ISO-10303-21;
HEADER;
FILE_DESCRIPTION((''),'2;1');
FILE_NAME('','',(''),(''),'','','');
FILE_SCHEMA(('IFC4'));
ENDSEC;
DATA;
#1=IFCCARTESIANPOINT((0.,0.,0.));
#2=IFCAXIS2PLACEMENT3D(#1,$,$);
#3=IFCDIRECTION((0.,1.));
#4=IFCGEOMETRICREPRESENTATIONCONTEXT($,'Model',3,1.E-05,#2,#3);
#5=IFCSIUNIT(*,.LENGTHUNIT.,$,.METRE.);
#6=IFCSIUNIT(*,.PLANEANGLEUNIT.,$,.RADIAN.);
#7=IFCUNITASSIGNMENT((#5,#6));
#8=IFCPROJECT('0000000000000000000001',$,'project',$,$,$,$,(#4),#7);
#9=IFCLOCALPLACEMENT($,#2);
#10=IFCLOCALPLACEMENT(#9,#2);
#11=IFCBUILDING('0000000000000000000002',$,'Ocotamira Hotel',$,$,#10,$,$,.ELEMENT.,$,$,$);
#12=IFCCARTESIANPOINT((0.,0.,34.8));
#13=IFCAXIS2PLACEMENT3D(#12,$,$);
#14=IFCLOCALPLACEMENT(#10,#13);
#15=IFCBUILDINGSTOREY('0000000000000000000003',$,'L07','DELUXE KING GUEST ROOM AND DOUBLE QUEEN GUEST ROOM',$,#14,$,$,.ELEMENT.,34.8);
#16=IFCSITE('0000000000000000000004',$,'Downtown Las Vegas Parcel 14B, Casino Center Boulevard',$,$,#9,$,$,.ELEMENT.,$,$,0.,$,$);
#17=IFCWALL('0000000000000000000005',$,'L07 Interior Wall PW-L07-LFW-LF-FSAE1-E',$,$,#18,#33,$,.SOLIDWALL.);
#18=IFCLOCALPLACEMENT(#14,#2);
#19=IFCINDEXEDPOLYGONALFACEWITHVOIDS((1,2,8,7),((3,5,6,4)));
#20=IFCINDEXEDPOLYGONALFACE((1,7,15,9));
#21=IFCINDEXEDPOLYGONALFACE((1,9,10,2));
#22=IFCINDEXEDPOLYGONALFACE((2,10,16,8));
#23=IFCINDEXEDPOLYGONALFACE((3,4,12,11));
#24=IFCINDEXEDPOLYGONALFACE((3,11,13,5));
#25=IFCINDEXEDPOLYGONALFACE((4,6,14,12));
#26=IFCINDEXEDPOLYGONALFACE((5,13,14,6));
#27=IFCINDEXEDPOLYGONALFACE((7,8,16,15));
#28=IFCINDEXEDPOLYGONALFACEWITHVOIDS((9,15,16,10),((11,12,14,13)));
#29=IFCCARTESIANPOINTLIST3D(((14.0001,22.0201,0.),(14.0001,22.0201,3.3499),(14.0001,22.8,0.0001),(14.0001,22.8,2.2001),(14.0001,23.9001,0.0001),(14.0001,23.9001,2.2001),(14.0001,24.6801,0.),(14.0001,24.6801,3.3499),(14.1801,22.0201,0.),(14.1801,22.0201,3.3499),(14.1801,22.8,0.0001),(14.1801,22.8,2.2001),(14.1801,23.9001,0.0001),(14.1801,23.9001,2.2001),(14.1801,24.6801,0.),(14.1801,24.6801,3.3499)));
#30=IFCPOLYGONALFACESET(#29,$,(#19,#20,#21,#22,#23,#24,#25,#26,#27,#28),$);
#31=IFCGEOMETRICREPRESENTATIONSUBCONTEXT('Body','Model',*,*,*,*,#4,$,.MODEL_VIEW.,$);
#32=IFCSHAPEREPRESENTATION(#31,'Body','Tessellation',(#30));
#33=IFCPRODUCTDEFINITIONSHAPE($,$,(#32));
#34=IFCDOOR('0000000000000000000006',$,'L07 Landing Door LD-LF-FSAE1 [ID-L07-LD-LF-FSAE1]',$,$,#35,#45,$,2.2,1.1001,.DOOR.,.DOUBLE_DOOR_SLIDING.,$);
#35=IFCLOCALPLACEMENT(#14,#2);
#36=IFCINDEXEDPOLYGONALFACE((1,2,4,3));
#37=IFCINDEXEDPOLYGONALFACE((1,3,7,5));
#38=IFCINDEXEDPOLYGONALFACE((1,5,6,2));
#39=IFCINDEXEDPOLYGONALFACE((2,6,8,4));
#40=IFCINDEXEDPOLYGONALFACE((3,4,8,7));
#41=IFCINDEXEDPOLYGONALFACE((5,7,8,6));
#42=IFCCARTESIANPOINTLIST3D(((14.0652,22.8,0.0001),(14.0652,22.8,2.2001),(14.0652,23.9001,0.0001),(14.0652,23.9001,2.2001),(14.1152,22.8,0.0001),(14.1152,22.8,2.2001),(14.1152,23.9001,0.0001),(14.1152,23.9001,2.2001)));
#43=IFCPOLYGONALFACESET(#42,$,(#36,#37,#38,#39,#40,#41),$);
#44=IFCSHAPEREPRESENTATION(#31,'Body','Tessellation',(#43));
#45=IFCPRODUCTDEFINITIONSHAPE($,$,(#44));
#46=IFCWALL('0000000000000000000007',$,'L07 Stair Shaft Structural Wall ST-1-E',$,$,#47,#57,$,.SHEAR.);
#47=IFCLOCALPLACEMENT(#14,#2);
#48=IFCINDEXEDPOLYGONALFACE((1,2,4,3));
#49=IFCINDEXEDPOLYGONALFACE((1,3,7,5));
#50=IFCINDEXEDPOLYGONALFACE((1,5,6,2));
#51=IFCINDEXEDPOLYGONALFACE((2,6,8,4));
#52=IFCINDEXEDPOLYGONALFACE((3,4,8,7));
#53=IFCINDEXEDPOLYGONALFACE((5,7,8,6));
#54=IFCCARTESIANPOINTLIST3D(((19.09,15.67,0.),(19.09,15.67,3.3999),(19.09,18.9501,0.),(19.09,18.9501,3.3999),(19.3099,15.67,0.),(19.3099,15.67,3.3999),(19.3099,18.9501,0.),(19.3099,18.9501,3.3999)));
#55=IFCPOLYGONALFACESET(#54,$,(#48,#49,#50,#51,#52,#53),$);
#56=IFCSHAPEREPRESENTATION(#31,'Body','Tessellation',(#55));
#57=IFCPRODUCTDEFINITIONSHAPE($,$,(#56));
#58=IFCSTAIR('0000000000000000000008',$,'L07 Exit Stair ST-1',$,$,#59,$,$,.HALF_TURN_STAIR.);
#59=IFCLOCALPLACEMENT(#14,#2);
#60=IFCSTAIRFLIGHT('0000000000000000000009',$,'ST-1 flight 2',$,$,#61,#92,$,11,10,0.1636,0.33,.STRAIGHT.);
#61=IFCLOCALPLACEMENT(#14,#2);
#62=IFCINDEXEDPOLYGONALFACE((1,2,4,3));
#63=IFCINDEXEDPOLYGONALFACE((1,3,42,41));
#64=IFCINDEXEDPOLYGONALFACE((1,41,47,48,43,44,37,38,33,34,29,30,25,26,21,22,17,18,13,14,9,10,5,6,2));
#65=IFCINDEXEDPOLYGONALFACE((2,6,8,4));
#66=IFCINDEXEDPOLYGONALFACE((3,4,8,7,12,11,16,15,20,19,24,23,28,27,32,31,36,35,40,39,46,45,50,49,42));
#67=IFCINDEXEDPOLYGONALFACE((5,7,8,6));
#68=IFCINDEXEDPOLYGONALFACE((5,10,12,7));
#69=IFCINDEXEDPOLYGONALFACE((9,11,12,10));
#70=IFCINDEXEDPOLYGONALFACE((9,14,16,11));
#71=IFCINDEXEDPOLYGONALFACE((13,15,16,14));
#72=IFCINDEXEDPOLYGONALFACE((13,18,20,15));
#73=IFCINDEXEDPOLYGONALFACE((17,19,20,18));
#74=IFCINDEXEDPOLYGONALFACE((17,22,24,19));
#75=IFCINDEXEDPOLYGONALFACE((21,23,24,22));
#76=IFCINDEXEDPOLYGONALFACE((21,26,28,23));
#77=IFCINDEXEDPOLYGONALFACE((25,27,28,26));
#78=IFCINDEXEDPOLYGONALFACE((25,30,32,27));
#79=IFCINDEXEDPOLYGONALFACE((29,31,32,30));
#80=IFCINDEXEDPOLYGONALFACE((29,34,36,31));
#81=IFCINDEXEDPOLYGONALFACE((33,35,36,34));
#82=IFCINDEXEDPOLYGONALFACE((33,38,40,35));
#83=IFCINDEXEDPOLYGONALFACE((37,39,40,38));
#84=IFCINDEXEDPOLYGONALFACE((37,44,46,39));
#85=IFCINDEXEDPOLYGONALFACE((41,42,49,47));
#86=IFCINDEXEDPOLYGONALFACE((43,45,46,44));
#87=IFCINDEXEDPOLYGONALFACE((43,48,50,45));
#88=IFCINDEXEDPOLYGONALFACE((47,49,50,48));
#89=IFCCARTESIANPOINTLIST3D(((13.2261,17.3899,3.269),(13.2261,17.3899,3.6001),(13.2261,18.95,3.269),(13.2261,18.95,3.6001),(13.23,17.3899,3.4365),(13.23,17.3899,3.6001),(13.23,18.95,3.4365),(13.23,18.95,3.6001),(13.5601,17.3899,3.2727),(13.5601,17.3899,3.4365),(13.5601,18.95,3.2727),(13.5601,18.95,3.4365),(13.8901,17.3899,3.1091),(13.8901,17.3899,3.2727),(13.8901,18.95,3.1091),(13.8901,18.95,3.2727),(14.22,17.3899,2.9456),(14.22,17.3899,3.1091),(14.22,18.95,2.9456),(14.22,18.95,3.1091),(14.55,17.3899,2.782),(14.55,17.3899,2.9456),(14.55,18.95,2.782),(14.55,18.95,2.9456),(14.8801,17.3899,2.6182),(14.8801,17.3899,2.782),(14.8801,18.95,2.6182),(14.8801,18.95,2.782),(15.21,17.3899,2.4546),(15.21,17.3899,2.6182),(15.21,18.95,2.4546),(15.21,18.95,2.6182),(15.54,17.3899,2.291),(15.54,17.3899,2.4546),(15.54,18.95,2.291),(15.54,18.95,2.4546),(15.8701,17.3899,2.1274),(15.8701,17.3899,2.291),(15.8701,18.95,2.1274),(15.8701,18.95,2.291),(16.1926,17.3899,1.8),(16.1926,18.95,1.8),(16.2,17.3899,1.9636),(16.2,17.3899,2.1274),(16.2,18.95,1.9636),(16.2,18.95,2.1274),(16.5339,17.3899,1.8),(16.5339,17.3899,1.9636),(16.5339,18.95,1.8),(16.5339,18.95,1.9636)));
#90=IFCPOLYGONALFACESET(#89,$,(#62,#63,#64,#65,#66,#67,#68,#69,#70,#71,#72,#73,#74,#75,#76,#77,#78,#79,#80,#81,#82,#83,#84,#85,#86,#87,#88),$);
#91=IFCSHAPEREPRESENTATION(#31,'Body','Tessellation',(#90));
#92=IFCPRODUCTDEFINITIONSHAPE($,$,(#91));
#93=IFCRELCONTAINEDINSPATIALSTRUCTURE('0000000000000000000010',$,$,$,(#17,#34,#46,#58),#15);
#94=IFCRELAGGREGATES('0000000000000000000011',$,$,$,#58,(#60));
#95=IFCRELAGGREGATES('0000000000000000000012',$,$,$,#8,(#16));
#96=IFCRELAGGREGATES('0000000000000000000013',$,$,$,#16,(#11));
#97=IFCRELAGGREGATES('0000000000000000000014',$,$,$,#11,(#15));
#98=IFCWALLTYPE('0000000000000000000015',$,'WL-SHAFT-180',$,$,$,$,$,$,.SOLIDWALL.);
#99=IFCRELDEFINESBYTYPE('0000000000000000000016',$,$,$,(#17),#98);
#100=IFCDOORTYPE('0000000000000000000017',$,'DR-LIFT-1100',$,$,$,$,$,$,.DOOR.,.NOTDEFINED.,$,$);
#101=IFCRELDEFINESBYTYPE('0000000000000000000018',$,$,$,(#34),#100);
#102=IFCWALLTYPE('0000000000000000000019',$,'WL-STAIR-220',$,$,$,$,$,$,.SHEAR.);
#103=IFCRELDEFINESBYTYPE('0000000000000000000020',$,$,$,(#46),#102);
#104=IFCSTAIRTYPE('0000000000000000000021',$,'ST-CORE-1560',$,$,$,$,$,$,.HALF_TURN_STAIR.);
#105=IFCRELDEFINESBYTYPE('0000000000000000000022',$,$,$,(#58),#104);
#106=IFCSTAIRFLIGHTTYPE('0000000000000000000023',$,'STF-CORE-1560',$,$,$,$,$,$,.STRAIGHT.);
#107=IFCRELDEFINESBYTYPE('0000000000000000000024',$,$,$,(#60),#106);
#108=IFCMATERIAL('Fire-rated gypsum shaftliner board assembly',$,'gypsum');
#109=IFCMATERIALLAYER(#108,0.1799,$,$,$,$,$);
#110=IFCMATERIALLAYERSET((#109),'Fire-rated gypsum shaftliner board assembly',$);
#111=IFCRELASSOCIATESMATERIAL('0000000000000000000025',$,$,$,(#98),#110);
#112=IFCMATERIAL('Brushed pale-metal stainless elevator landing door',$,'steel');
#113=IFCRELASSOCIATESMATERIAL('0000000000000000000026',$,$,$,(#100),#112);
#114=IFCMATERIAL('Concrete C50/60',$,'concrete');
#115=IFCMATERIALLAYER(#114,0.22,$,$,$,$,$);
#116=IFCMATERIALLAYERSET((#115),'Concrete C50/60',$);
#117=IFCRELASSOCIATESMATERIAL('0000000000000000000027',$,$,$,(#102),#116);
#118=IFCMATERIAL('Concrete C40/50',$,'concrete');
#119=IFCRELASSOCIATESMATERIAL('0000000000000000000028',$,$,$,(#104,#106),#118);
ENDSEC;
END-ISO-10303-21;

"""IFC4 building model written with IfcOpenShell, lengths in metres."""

from ifc_helpers import new_model, si_unit, direction, frame, frame_2d, origin, place, context, subcontext, project, spatial, polyline, rectangle, outline, extrude, source, transform, mapped, material, layer, layer_set, type_object, element, fill, aggregate, save


model = new_model("IFC4")

# Units and contexts
model_context = context("Model", 3, precision=1e-05, world=origin(), true_north=direction((0.0, 1.0)))
body_context = subcontext(model_context, "Body", "Model", "MODEL_VIEW")
ifc_project = project(units=[si_unit("LENGTHUNIT", "METRE"), si_unit("PLANEANGLEUNIT", "RADIAN")], contexts=[model_context])

# Site, building, storey
site_placement = place(None, origin())
site = spatial("IfcSite", under=ifc_project, at=site_placement, Name="Downtown Las Vegas Parcel 14B, Casino Center Boulevard", CompositionType="ELEMENT", RefElevation=0.0)
building_placement = place(site_placement, origin())
building = spatial("IfcBuilding", under=site, at=building_placement, Name="Ocotamira Hotel", CompositionType="ELEMENT")
storey_placement = place(building_placement, frame((0.0, 0.0, 34.8)))
storey = spatial("IfcBuildingStorey", under=building, at=storey_placement, Name="L07", Description="DELUXE KING GUEST ROOM AND DOUBLE QUEEN GUEST ROOM", CompositionType="ELEMENT", Elevation=34.8)

# Shared definitions
ifc_material_1 = material(Name="Fire-rated gypsum shaftliner board assembly", Category="gypsum")
ifc_layer_1 = layer(ifc_material_1, 0.1799)
ifc_layer_set_1 = layer_set([ifc_layer_1], Name="Fire-rated gypsum shaftliner board assembly")
wall_type_1 = type_object("IfcWallType", Name="WL-SHAFT-180", PredefinedType="SOLIDWALL", material=ifc_layer_set_1)

# Wall, opening, door
wall_1_placement = place(storey_placement, frame((14.0901, 22.02, 0.0), z_axis=(0.0, 0.0, 1.0), x_axis=(0.0, 1.0, 0.0)))
wall_1 = element("IfcWall", 1, at=wall_1_placement, inside=storey, type_object=wall_type_1, Name="L07 Interior Wall PW-L07-LFW-LF-FSAE1-E", PredefinedType="SOLIDWALL", context=body_context, shape_type="SweptSolid", body=[
    extrude(rectangle(XDim=2.6599, YDim=0.1799, at=frame_2d((1.3301, 0.0))), origin(), (0.0, 0.0, 1.0), 3.3499),
])
opening_1_placement = place(wall_1_placement, frame((0.78, 0.0, 0.0)))
opening_1 = element("IfcOpeningElement", 2, at=opening_1_placement, cuts=wall_1, PredefinedType="OPENING", context=body_context, shape_type="SweptSolid", body=[
    extrude(rectangle(XDim=1.1001, YDim=2.2, at=frame_2d((0.55, 1.1001))), frame((0.0, 0.1001, 0.0), z_axis=(0.0, -1.0, 0.0), x_axis=(1.0, 0.0, 0.0)), (0.0, 0.0, 1.0), 0.2),
])
ifc_material_2 = material(Name="Brushed pale-metal stainless elevator landing door", Category="steel")
door_type_1 = type_object("IfcDoorType", Name="DR-LIFT-1100", OperationType="NOTDEFINED", PredefinedType="DOOR", material=ifc_material_2)
shared_shape_1 = source(origin(), body_context, "Body", "SweptSolid", [
    extrude(rectangle(XDim=1.1001, YDim=2.2, at=frame_2d((0.55, 1.1001))), frame((0.0, 0.0249, 0.0), z_axis=(0.0, -1.0, 0.0), x_axis=(1.0, 0.0, 0.0)), (0.0, 0.0, 1.0), 0.05),
])
door_1_placement = place(opening_1_placement, origin())
door_1 = element("IfcDoor", 3, at=door_1_placement, inside=storey, type_object=door_type_1, Name="L07 Landing Door LD-LF-FSAE1 [ID-L07-LD-LF-FSAE1]", OperationType="DOUBLE_DOOR_SLIDING", OverallHeight=2.2, OverallWidth=1.1001, PredefinedType="DOOR", context=body_context, shape_type="MappedRepresentation", body=[
    mapped(shared_shape_1, transform((0.0, 0.0, 0.0), scale=1.0)),
])
fill(opening_1, door_1)

# Wall
ifc_material_3 = material(Name="Concrete C50/60", Category="concrete")
ifc_layer_2 = layer(ifc_material_3, 0.22)
ifc_layer_set_2 = layer_set([ifc_layer_2], Name="Concrete C50/60")
wall_type_2 = type_object("IfcWallType", Name="WL-STAIR-220", PredefinedType="SHEAR", material=ifc_layer_set_2)
wall_2_placement = place(storey_placement, frame((19.2, 15.6699, 0.0), z_axis=(0.0, 0.0, 1.0), x_axis=(0.0, 1.0, 0.0)))
element("IfcWall", 4, at=wall_2_placement, inside=storey, type_object=wall_type_2, Name="L07 Stair Shaft Structural Wall ST-1-E", PredefinedType="SHEAR", context=body_context, shape_type="SweptSolid", body=[
    extrude(rectangle(XDim=3.28, YDim=0.22, at=frame_2d((1.6401, 0.0))), origin(), (0.0, 0.0, 1.0), 3.3999),
])

# Stair, stair flight
ifc_material_4 = material(Name="Concrete C40/50", Category="concrete")
stair_type = type_object("IfcStairType", Name="ST-CORE-1560", PredefinedType="HALF_TURN_STAIR", material=ifc_material_4)
stair_placement = place(storey_placement, origin())
stair = element("IfcStair", 5, at=stair_placement, inside=storey, type_object=stair_type, Name="L07 Exit Stair ST-1", PredefinedType="HALF_TURN_STAIR")
stair_flight_type = type_object("IfcStairFlightType", Name="STF-CORE-1560", PredefinedType="STRAIGHT", material=ifc_material_4)
shared_shape_2 = source(origin(), body_context, "Body", "SweptSolid", [
    extrude(outline(polyline([(-0.0039, 0.0), (-0.0039, 0.1636), (0.3301, 0.1636), (0.3301, 0.3274), (0.6599, 0.3274), (0.6599, 0.491), (0.99, 0.491), (0.99, 0.6545), (1.3201, 0.6545), (1.3201, 0.8181), (1.6499, 0.8181), (1.6499, 0.9819), (1.98, 0.9819), (1.98, 1.1455), (2.3101, 1.1455), (2.3101, 1.3091), (2.6399, 1.3091), (2.6399, 1.4727), (2.97, 1.4727), (2.97, 1.6365), (3.3, 1.6365), (3.3, 1.8), (3.304, 1.8), (3.304, 1.469), (0.3374, 0.0), (-0.0039, 0.0)])), frame((0.0, 0.78, 0.0), z_axis=(0.0, -1.0, 0.0), x_axis=(1.0, 0.0, 0.0)), (0.0, 0.0, 1.0), 1.5601),
])
stair_flight_placement = place(storey_placement, frame((16.53, 18.1699, 1.8), z_axis=(0.0, 0.0, 1.0), x_axis=(-1.0, 0.0, 0.0)))
stair_flight = element("IfcStairFlight", 6, at=stair_flight_placement, type_object=stair_flight_type, Name="ST-1 flight 2", NumberOfRisers=11, NumberOfTreads=10, PredefinedType="STRAIGHT", RiserHeight=0.1636, TreadLength=0.33, context=body_context, shape_type="MappedRepresentation", body=[
    mapped(shared_shape_2, transform((0.0, 0.0, 0.0), scale=1.0)),
])
aggregate(stair, [stair_flight])

save(model, "model.ifc")
